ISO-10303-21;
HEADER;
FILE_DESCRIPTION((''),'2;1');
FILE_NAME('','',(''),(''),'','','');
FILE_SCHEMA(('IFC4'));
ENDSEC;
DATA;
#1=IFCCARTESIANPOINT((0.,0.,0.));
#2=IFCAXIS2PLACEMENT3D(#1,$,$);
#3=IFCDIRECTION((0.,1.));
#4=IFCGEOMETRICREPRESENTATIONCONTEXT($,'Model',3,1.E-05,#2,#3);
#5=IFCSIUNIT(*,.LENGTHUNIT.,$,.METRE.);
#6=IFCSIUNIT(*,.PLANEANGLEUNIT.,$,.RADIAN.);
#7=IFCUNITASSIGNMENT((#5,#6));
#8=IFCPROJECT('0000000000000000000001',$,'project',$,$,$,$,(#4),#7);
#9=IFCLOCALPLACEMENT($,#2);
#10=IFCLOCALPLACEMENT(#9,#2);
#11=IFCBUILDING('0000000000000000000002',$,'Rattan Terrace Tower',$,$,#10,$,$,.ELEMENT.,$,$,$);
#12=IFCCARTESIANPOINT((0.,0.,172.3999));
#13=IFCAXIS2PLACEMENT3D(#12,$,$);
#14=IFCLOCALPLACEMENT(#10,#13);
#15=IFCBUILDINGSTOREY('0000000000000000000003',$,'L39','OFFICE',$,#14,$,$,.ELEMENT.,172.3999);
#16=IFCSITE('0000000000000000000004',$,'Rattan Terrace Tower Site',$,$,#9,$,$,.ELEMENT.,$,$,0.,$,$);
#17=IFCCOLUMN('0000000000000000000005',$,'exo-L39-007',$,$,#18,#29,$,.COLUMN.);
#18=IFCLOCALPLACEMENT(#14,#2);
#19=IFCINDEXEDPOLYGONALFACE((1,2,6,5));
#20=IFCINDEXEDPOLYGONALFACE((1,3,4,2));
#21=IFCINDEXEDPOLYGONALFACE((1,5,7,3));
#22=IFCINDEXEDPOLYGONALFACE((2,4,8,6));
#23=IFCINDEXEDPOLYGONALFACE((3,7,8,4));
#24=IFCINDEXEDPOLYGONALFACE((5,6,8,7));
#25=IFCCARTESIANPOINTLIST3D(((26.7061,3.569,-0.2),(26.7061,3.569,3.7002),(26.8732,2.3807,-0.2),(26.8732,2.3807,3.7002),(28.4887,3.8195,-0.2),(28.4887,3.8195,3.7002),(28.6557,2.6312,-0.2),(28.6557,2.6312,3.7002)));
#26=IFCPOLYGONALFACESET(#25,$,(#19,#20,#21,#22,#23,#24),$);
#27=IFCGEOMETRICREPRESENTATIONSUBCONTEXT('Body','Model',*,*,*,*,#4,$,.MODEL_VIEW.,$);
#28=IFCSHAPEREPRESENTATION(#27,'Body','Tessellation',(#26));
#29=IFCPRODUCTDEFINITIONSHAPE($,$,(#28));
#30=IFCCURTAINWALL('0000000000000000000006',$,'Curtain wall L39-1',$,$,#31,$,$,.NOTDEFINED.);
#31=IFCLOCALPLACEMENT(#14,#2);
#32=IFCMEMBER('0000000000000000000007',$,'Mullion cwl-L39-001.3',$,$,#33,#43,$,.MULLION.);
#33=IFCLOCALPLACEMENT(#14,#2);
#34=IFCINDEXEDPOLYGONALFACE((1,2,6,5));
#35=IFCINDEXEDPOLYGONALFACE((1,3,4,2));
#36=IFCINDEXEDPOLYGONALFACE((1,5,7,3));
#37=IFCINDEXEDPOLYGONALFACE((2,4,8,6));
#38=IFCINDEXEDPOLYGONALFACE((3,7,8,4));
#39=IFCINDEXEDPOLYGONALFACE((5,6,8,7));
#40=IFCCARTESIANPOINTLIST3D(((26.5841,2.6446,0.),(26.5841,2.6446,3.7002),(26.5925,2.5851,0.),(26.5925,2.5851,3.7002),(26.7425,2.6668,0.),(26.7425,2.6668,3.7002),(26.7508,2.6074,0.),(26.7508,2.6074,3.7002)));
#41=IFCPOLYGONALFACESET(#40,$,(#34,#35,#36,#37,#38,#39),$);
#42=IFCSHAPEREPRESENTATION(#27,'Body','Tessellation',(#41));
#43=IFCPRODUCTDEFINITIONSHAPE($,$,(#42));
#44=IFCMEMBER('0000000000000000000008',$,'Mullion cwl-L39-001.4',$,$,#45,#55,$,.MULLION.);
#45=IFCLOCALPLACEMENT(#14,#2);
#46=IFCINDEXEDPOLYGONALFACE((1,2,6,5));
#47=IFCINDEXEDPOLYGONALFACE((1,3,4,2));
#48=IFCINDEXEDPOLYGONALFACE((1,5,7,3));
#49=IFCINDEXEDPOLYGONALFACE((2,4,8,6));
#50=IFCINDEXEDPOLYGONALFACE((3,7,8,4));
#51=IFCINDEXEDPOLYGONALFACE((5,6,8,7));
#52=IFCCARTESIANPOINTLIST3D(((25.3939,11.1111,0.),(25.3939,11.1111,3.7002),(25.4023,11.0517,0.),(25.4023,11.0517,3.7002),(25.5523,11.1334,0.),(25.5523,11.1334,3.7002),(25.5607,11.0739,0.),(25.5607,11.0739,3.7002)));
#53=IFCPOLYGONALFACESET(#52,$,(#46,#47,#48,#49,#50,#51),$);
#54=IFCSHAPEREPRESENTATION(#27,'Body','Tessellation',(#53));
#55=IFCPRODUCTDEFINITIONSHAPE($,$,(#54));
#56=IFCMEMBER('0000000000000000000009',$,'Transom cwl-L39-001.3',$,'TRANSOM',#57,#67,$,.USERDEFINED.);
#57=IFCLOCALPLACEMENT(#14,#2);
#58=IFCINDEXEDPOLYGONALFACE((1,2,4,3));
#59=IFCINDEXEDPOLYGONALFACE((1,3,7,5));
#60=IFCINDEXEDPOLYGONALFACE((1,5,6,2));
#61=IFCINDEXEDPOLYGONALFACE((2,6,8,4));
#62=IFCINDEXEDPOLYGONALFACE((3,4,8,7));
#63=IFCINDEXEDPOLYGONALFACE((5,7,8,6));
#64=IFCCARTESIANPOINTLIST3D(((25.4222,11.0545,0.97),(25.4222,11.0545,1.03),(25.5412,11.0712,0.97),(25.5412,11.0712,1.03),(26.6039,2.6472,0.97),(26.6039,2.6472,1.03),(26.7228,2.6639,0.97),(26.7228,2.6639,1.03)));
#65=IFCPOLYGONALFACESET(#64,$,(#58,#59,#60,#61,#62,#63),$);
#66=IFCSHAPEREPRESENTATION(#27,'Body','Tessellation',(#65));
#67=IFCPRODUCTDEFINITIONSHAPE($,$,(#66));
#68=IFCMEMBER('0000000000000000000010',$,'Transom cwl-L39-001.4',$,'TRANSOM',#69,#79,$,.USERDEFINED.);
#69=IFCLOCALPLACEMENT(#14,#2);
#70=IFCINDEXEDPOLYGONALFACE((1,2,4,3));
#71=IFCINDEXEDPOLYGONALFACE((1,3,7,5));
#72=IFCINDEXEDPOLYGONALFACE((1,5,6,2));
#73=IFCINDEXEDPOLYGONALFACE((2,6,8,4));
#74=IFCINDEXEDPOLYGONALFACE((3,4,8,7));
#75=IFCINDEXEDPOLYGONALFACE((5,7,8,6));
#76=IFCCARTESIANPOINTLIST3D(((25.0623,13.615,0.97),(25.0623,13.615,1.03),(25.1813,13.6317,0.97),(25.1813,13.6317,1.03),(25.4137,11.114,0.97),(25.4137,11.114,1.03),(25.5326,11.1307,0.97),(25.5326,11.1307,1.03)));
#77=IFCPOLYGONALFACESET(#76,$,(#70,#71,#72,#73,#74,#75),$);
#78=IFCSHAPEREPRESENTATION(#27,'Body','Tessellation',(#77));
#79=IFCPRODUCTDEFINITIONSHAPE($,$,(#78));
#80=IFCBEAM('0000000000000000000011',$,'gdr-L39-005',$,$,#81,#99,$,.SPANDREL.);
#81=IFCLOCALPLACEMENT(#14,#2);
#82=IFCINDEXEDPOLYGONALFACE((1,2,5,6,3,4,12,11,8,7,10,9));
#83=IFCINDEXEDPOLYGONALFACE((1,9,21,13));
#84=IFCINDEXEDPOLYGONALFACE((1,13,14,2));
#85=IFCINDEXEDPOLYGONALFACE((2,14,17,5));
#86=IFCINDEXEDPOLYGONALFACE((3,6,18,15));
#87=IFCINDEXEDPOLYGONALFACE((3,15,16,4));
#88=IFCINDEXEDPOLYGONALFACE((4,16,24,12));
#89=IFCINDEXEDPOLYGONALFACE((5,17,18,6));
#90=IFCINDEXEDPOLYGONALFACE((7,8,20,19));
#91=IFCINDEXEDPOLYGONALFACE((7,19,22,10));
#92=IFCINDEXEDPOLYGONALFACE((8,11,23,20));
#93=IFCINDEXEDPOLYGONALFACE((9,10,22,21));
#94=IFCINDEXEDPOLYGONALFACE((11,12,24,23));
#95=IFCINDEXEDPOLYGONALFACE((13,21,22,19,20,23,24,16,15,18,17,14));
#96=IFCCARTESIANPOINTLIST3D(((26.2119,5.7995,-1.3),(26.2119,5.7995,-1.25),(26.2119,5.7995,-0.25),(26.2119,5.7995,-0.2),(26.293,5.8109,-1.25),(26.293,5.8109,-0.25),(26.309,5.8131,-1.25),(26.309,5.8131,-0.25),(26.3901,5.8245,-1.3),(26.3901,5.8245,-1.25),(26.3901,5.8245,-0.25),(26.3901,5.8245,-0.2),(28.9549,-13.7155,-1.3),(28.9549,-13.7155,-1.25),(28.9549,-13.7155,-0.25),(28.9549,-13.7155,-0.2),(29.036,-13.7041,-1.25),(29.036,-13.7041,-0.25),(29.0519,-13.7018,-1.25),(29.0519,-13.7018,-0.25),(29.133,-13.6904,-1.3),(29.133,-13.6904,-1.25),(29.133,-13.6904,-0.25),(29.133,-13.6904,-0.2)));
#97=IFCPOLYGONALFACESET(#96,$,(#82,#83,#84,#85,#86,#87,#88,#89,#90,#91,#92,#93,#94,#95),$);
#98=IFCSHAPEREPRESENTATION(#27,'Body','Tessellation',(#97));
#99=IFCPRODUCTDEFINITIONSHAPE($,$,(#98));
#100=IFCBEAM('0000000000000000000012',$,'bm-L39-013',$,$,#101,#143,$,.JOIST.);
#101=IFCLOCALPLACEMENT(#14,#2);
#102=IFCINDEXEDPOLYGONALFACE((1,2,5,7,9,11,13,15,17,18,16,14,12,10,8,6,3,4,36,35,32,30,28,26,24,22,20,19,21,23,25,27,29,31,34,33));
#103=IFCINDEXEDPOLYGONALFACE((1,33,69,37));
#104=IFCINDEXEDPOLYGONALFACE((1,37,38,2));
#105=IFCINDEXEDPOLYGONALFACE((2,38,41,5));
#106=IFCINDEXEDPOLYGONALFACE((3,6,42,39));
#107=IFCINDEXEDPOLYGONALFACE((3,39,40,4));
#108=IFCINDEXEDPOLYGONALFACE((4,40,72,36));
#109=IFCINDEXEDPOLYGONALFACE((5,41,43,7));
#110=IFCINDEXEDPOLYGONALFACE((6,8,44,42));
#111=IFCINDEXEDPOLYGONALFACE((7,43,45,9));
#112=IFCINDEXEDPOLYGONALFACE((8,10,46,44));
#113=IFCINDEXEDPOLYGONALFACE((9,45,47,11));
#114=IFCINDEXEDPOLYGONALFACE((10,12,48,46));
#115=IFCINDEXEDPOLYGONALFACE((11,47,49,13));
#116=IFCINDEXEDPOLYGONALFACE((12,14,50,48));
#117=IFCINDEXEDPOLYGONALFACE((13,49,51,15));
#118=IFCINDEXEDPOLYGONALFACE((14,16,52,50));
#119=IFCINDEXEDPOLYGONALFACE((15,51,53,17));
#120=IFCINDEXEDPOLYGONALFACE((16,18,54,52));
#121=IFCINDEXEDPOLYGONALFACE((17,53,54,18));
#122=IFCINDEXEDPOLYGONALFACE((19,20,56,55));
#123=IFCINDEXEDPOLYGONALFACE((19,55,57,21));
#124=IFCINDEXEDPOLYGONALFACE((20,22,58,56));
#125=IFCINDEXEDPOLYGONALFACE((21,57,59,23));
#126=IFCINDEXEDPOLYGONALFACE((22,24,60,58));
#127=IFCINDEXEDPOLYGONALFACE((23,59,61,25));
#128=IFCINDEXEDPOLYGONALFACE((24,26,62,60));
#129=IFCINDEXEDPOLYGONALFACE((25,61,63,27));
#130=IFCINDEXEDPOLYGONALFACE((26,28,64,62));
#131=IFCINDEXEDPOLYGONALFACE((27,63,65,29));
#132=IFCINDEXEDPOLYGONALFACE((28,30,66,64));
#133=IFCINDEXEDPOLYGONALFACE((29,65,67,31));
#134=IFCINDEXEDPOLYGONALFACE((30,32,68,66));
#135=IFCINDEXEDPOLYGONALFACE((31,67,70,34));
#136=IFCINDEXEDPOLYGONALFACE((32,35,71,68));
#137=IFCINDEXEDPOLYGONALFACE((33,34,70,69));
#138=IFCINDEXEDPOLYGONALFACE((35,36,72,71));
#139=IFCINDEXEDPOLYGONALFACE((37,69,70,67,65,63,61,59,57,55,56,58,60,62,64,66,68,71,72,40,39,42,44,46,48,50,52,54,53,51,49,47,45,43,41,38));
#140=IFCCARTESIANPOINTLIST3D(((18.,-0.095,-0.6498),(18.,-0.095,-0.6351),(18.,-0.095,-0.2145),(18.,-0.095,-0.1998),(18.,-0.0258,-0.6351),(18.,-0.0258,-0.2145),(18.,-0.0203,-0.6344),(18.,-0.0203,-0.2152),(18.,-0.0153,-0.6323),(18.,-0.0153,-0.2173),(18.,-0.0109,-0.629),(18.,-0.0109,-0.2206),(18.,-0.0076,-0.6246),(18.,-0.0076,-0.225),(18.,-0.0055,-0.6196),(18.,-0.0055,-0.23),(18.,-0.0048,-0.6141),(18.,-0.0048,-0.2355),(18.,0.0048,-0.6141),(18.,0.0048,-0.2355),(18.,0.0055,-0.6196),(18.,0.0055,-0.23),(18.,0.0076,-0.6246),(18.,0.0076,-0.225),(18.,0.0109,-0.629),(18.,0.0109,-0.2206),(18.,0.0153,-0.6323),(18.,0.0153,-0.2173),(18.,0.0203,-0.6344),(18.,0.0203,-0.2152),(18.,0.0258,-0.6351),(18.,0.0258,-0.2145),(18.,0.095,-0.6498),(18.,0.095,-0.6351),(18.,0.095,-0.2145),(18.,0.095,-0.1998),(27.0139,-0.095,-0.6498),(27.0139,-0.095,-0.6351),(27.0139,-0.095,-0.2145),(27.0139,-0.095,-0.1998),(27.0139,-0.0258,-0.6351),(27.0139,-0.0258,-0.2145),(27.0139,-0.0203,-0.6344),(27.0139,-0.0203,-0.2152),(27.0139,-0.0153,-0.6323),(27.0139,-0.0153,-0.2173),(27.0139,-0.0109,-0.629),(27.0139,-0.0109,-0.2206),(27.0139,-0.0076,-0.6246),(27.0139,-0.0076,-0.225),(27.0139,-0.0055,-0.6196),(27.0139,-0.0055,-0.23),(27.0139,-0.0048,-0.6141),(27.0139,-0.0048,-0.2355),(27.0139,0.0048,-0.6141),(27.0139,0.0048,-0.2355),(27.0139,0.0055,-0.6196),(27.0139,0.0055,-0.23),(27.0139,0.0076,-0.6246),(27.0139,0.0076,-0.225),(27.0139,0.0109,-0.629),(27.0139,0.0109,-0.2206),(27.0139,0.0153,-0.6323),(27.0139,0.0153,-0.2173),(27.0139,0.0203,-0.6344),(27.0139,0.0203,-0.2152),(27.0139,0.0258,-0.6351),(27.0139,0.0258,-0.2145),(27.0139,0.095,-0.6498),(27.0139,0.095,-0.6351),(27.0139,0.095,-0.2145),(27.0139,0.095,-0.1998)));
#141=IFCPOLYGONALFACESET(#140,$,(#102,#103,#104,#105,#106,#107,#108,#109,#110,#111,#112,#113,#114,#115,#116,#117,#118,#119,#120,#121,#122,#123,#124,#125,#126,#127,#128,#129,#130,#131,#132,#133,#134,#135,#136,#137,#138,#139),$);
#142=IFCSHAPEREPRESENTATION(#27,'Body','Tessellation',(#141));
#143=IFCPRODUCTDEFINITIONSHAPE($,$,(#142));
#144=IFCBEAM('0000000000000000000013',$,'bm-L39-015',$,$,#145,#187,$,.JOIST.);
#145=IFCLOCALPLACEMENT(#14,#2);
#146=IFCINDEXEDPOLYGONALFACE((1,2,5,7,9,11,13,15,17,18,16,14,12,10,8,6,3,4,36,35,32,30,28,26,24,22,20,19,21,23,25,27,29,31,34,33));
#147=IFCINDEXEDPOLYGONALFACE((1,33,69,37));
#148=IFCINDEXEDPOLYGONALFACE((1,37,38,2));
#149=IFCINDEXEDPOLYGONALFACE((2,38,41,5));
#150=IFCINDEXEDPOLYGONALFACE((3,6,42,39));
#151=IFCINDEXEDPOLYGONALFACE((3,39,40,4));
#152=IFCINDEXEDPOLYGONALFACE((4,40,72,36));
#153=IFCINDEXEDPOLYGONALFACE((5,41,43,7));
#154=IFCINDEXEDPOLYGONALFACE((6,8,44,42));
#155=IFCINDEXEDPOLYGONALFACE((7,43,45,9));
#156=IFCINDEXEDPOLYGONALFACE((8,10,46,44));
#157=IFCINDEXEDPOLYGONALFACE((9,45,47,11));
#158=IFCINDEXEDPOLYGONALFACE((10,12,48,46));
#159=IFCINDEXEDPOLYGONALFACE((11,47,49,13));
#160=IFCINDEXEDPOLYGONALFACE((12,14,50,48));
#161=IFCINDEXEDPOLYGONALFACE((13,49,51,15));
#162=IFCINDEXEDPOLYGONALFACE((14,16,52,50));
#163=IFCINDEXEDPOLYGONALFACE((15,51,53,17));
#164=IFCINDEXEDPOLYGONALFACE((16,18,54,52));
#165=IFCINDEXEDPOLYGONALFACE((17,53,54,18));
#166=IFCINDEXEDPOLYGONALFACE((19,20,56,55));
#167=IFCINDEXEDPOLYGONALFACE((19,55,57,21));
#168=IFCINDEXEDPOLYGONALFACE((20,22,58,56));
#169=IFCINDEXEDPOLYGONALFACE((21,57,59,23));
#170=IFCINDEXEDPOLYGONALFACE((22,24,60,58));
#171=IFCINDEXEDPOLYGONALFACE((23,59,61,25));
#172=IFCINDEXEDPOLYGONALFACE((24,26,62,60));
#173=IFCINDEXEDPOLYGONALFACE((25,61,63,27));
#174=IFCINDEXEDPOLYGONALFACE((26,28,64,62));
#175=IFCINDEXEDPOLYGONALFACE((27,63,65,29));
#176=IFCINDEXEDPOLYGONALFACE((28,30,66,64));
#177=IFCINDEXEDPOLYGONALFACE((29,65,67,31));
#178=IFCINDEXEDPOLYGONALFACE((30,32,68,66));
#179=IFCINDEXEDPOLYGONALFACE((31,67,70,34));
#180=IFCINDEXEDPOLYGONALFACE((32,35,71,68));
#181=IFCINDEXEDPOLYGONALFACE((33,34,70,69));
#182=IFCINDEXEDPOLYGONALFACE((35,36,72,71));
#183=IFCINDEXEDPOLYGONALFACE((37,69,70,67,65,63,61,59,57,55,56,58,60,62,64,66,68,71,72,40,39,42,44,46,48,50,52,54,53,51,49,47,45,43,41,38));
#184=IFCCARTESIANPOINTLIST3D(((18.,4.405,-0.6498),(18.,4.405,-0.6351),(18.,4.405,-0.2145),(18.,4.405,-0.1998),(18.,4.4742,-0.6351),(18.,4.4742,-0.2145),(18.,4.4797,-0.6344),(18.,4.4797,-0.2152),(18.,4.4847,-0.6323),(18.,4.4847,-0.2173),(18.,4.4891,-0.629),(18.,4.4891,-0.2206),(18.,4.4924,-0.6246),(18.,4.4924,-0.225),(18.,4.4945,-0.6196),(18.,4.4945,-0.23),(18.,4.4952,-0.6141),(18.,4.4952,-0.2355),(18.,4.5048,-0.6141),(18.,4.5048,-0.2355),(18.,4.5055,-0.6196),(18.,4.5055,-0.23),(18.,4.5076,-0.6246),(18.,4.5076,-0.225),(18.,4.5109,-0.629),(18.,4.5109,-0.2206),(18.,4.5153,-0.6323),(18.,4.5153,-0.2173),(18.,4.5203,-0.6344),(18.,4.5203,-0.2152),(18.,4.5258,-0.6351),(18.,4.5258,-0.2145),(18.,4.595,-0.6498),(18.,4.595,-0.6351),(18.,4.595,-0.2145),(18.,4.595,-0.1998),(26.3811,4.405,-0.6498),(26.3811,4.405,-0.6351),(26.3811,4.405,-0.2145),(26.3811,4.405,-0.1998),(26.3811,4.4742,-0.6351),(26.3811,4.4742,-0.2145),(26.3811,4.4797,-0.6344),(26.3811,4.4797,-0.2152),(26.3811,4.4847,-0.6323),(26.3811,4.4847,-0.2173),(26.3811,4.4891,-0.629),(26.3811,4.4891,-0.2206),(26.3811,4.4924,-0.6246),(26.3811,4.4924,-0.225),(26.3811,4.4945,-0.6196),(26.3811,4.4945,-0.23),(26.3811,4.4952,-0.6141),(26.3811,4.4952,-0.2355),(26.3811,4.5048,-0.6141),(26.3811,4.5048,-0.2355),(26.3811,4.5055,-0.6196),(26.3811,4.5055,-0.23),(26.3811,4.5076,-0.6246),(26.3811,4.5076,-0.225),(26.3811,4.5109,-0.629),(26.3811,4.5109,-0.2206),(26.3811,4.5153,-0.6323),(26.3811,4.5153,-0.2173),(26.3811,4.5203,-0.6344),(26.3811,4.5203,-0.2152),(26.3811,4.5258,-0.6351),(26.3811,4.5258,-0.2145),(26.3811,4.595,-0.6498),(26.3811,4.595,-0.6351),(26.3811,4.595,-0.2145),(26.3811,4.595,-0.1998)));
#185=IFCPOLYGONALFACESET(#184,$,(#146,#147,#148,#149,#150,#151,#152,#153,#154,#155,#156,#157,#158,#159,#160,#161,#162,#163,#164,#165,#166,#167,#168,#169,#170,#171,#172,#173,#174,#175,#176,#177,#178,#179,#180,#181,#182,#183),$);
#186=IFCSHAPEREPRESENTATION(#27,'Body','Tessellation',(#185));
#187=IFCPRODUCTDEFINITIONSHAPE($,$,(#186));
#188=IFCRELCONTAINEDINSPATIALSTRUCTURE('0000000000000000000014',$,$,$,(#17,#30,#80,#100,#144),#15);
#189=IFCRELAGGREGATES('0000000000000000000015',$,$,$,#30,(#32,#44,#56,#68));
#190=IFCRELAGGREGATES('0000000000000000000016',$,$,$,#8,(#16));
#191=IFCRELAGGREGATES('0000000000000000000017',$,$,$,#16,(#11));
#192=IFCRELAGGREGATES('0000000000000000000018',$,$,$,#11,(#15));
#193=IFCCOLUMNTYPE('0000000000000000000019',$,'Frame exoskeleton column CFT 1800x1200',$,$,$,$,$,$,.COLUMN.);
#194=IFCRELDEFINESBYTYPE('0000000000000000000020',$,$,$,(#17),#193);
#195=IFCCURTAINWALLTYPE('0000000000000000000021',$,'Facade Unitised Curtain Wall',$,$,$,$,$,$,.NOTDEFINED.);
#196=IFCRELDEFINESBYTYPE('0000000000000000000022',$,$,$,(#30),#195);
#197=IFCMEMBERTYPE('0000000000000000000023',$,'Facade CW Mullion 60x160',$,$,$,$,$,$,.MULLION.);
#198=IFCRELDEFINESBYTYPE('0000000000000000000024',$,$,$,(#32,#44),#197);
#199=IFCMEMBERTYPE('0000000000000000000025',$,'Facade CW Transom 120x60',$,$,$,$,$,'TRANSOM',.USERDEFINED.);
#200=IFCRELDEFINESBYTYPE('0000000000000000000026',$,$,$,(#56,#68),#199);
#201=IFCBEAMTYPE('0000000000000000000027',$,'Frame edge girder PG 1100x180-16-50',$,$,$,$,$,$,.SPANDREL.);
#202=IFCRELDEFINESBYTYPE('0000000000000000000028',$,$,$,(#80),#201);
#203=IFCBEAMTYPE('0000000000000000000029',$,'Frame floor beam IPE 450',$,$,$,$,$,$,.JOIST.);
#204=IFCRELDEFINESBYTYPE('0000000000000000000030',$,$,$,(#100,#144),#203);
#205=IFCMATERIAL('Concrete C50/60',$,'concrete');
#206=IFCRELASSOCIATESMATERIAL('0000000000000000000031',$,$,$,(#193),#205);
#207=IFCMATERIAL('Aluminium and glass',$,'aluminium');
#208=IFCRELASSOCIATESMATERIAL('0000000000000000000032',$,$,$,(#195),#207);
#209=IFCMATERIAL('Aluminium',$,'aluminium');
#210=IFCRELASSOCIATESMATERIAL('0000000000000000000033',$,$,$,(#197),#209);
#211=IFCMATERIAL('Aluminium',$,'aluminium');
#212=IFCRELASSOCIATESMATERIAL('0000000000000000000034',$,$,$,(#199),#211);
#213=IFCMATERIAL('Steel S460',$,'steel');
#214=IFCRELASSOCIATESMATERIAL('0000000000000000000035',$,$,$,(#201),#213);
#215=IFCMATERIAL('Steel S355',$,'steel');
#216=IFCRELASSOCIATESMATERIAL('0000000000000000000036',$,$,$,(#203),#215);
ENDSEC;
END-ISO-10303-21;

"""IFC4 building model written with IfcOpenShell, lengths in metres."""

from ifc_helpers import new_model, si_unit, direction, frame, origin, origin_2d, place, context, subcontext, project, spatial, rectangle, i_section, extrude, material, material_profile, profile_set, type_object, element, aggregate, save


model = new_model("IFC4")

# Units and contexts
model_context = context("Model", 3, precision=1e-05, world=origin(), true_north=direction((0.0, 1.0)))
body_context = subcontext(model_context, "Body", "Model", "MODEL_VIEW")
ifc_project = project(units=[si_unit("LENGTHUNIT", "METRE"), si_unit("PLANEANGLEUNIT", "RADIAN")], contexts=[model_context])

# Site, building, storey
site_placement = place(None, origin())
site = spatial("IfcSite", under=ifc_project, at=site_placement, Name="Rattan Terrace Tower Site", CompositionType="ELEMENT", RefElevation=0.0)
building_placement = place(site_placement, origin())
building = spatial("IfcBuilding", under=site, at=building_placement, Name="Rattan Terrace Tower", CompositionType="ELEMENT")
storey_placement = place(building_placement, frame((0.0, 0.0, 172.3999)))
storey = spatial("IfcBuildingStorey", under=building, at=storey_placement, Name="L39", Description="OFFICE", CompositionType="ELEMENT", Elevation=172.3999)

# Column
ifc_material_1 = material(Name="Concrete C50/60", Category="concrete")
ifc_material_profile_1 = material_profile(ifc_material_1, rectangle(XDim=1.2, YDim=1.8, at=origin_2d()), Name="CFT 1800x1200")
ifc_profile_set_1 = profile_set([ifc_material_profile_1], Name="Concrete C50/60")
column_type = type_object("IfcColumnType", Name="Frame exoskeleton column CFT 1800x1200", PredefinedType="COLUMN", material=ifc_profile_set_1)
column_placement = place(storey_placement, frame((27.6809, 3.1001, -0.2), z_axis=(0.0, 0.0, 1.0), x_axis=(-0.13919, 0.990266, 0.0)))
element("IfcColumn", 1, at=column_placement, inside=storey, type_object=column_type, Name="exo-L39-007", PredefinedType="COLUMN", context=body_context, shape_type="SweptSolid", body=[
    extrude(rectangle(XDim=1.2, YDim=1.8, at=origin_2d()), origin(), (0.0, 0.0, 1.0), 3.9001),
])

# Curtain wall, members
ifc_material_2 = material(Name="Aluminium and glass", Category="aluminium")
curtain_wall_type = type_object("IfcCurtainWallType", Name="Facade Unitised Curtain Wall", PredefinedType="NOTDEFINED", material=ifc_material_2)
curtain_wall_placement = place(storey_placement, origin())
curtain_wall = element("IfcCurtainWall", 2, at=curtain_wall_placement, inside=storey, type_object=curtain_wall_type, Name="Curtain wall L39-1", PredefinedType="NOTDEFINED")
ifc_material_3 = material(Name="Aluminium", Category="aluminium")
ifc_material_profile_2 = material_profile(ifc_material_3, rectangle(XDim=0.0601, YDim=0.1599, at=origin_2d()), Name="Aluminium 60x160")
ifc_profile_set_2 = profile_set([ifc_material_profile_2], Name="Aluminium")
member_type_1 = type_object("IfcMemberType", Name="Facade CW Mullion 60x160", PredefinedType="MULLION", material=ifc_profile_set_2)
member_1_placement = place(storey_placement, frame((26.6675, 2.626, 0.0), z_axis=(0.0, 0.0, 1.0), x_axis=(-0.139191, 0.990266, 0.0)))
member_1 = element("IfcMember", 3, at=member_1_placement, type_object=member_type_1, Name="Mullion cwl-L39-001.3", PredefinedType="MULLION", context=body_context, shape_type="SweptSolid", body=[
    extrude(rectangle(XDim=0.0601, YDim=0.1599, at=origin_2d()), origin(), (0.0, 0.0, 1.0), 3.7002),
])
member_2_placement = place(storey_placement, frame((25.4773, 11.0925, 0.0), z_axis=(0.0, 0.0, 1.0), x_axis=(-0.139191, 0.990266, 0.0)))
member_2 = element("IfcMember", 4, at=member_2_placement, type_object=member_type_1, Name="Mullion cwl-L39-001.4", PredefinedType="MULLION", context=body_context, shape_type="SweptSolid", body=[
    extrude(rectangle(XDim=0.0601, YDim=0.1599, at=origin_2d()), origin(), (0.0, 0.0, 1.0), 3.7002),
])
ifc_material_4 = material(Name="Aluminium", Category="aluminium")
ifc_material_profile_3 = material_profile(ifc_material_4, rectangle(XDim=0.1201, YDim=0.0601, at=origin_2d()), Name="Aluminium 120x60")
ifc_profile_set_3 = profile_set([ifc_material_profile_3], Name="Aluminium")
member_type_2 = type_object("IfcMemberType", Name="Facade CW Transom 120x60", ElementType="TRANSOM", PredefinedType="USERDEFINED", material=ifc_profile_set_3)
member_3_placement = place(storey_placement, frame((26.6633, 2.6555, 1.0), z_axis=(-0.139179, 0.990267, 0.0), x_axis=(-0.990267, -0.139179, 0.0)))
member_3 = element("IfcMember", 5, at=member_3_placement, type_object=member_type_2, Name="Transom cwl-L39-001.3", ObjectType="TRANSOM", PredefinedType="USERDEFINED", context=body_context, shape_type="SweptSolid", body=[
    extrude(rectangle(XDim=0.1201, YDim=0.0601, at=origin_2d()), origin(), (0.0, 0.0, 1.0), 8.49),
])
member_4_placement = place(storey_placement, frame((25.4731, 11.1223, 1.0), z_axis=(-0.139107, 0.990277, 0.0), x_axis=(-0.990277, -0.139107, 0.0)))
member_4 = element("IfcMember", 6, at=member_4_placement, type_object=member_type_2, Name="Transom cwl-L39-001.4", ObjectType="TRANSOM", PredefinedType="USERDEFINED", context=body_context, shape_type="SweptSolid", body=[
    extrude(rectangle(XDim=0.1201, YDim=0.0601, at=origin_2d()), origin(), (0.0, 0.0, 1.0), 2.5256),
])

# Beams
ifc_material_5 = material(Name="Steel S460", Category="steel")
ifc_material_profile_4 = material_profile(ifc_material_5, i_section(OverallWidth=0.1799, OverallDepth=1.1001, WebThickness=0.0161, FlangeThickness=0.05, at=origin_2d()), Name="PG 1100x180-16-50")
ifc_profile_set_4 = profile_set([ifc_material_profile_4], Name="Steel S460")
beam_type_1 = type_object("IfcBeamType", Name="Frame edge girder PG 1100x180-16-50", PredefinedType="SPANDREL", material=ifc_profile_set_4)
beam_1_placement = place(storey_placement, frame((26.301, 5.812, -0.75), z_axis=(0.139187, -0.990266, 0.0), x_axis=(0.990266, 0.139187, 0.0)))
element("IfcBeam", 7, at=beam_1_placement, inside=storey, type_object=beam_type_1, Name="gdr-L39-005", PredefinedType="SPANDREL", context=body_context, shape_type="SweptSolid", body=[
    extrude(i_section(OverallWidth=0.1799, OverallDepth=1.1001, WebThickness=0.0161, FlangeThickness=0.05, at=origin_2d()), origin(), (0.0, 0.0, 1.0), 19.7068),
])
ifc_material_6 = material(Name="Steel S355", Category="steel")
ifc_material_profile_5 = material_profile(ifc_material_6, i_section(OverallWidth=0.1899, OverallDepth=0.45, WebThickness=0.0095, FlangeThickness=0.0146, FilletRadius=0.021, at=origin_2d()), Name="IPE 450")
ifc_profile_set_5 = profile_set([ifc_material_profile_5], Name="Steel S355")
beam_type_2 = type_object("IfcBeamType", Name="Frame floor beam IPE 450", PredefinedType="JOIST", material=ifc_profile_set_5)
beam_2_placement = place(storey_placement, frame((18.0, 0.0, -0.4248), z_axis=(1.0, 0.0, 0.0), x_axis=(0.0, 1.0, 0.0)))
element("IfcBeam", 8, at=beam_2_placement, inside=storey, type_object=beam_type_2, Name="bm-L39-013", PredefinedType="JOIST", context=body_context, shape_type="SweptSolid", body=[
    extrude(i_section(OverallWidth=0.1899, OverallDepth=0.45, WebThickness=0.0095, FlangeThickness=0.0146, FilletRadius=0.021, at=origin_2d()), origin(), (0.0, 0.0, 1.0), 9.0139),
])
beam_3_placement = place(storey_placement, frame((18.0, 4.5, -0.4248), z_axis=(1.0, 0.0, 0.0), x_axis=(0.0, 1.0, 0.0)))
element("IfcBeam", 9, at=beam_3_placement, inside=storey, type_object=beam_type_2, Name="bm-L39-015", PredefinedType="JOIST", context=body_context, shape_type="SweptSolid", body=[
    extrude(i_section(OverallWidth=0.1899, OverallDepth=0.45, WebThickness=0.0095, FlangeThickness=0.0146, FilletRadius=0.021, at=origin_2d()), origin(), (0.0, 0.0, 1.0), 8.3811),
])

aggregate(curtain_wall, [member_1, member_2, member_3, member_4])

save(model, "model.ifc")
